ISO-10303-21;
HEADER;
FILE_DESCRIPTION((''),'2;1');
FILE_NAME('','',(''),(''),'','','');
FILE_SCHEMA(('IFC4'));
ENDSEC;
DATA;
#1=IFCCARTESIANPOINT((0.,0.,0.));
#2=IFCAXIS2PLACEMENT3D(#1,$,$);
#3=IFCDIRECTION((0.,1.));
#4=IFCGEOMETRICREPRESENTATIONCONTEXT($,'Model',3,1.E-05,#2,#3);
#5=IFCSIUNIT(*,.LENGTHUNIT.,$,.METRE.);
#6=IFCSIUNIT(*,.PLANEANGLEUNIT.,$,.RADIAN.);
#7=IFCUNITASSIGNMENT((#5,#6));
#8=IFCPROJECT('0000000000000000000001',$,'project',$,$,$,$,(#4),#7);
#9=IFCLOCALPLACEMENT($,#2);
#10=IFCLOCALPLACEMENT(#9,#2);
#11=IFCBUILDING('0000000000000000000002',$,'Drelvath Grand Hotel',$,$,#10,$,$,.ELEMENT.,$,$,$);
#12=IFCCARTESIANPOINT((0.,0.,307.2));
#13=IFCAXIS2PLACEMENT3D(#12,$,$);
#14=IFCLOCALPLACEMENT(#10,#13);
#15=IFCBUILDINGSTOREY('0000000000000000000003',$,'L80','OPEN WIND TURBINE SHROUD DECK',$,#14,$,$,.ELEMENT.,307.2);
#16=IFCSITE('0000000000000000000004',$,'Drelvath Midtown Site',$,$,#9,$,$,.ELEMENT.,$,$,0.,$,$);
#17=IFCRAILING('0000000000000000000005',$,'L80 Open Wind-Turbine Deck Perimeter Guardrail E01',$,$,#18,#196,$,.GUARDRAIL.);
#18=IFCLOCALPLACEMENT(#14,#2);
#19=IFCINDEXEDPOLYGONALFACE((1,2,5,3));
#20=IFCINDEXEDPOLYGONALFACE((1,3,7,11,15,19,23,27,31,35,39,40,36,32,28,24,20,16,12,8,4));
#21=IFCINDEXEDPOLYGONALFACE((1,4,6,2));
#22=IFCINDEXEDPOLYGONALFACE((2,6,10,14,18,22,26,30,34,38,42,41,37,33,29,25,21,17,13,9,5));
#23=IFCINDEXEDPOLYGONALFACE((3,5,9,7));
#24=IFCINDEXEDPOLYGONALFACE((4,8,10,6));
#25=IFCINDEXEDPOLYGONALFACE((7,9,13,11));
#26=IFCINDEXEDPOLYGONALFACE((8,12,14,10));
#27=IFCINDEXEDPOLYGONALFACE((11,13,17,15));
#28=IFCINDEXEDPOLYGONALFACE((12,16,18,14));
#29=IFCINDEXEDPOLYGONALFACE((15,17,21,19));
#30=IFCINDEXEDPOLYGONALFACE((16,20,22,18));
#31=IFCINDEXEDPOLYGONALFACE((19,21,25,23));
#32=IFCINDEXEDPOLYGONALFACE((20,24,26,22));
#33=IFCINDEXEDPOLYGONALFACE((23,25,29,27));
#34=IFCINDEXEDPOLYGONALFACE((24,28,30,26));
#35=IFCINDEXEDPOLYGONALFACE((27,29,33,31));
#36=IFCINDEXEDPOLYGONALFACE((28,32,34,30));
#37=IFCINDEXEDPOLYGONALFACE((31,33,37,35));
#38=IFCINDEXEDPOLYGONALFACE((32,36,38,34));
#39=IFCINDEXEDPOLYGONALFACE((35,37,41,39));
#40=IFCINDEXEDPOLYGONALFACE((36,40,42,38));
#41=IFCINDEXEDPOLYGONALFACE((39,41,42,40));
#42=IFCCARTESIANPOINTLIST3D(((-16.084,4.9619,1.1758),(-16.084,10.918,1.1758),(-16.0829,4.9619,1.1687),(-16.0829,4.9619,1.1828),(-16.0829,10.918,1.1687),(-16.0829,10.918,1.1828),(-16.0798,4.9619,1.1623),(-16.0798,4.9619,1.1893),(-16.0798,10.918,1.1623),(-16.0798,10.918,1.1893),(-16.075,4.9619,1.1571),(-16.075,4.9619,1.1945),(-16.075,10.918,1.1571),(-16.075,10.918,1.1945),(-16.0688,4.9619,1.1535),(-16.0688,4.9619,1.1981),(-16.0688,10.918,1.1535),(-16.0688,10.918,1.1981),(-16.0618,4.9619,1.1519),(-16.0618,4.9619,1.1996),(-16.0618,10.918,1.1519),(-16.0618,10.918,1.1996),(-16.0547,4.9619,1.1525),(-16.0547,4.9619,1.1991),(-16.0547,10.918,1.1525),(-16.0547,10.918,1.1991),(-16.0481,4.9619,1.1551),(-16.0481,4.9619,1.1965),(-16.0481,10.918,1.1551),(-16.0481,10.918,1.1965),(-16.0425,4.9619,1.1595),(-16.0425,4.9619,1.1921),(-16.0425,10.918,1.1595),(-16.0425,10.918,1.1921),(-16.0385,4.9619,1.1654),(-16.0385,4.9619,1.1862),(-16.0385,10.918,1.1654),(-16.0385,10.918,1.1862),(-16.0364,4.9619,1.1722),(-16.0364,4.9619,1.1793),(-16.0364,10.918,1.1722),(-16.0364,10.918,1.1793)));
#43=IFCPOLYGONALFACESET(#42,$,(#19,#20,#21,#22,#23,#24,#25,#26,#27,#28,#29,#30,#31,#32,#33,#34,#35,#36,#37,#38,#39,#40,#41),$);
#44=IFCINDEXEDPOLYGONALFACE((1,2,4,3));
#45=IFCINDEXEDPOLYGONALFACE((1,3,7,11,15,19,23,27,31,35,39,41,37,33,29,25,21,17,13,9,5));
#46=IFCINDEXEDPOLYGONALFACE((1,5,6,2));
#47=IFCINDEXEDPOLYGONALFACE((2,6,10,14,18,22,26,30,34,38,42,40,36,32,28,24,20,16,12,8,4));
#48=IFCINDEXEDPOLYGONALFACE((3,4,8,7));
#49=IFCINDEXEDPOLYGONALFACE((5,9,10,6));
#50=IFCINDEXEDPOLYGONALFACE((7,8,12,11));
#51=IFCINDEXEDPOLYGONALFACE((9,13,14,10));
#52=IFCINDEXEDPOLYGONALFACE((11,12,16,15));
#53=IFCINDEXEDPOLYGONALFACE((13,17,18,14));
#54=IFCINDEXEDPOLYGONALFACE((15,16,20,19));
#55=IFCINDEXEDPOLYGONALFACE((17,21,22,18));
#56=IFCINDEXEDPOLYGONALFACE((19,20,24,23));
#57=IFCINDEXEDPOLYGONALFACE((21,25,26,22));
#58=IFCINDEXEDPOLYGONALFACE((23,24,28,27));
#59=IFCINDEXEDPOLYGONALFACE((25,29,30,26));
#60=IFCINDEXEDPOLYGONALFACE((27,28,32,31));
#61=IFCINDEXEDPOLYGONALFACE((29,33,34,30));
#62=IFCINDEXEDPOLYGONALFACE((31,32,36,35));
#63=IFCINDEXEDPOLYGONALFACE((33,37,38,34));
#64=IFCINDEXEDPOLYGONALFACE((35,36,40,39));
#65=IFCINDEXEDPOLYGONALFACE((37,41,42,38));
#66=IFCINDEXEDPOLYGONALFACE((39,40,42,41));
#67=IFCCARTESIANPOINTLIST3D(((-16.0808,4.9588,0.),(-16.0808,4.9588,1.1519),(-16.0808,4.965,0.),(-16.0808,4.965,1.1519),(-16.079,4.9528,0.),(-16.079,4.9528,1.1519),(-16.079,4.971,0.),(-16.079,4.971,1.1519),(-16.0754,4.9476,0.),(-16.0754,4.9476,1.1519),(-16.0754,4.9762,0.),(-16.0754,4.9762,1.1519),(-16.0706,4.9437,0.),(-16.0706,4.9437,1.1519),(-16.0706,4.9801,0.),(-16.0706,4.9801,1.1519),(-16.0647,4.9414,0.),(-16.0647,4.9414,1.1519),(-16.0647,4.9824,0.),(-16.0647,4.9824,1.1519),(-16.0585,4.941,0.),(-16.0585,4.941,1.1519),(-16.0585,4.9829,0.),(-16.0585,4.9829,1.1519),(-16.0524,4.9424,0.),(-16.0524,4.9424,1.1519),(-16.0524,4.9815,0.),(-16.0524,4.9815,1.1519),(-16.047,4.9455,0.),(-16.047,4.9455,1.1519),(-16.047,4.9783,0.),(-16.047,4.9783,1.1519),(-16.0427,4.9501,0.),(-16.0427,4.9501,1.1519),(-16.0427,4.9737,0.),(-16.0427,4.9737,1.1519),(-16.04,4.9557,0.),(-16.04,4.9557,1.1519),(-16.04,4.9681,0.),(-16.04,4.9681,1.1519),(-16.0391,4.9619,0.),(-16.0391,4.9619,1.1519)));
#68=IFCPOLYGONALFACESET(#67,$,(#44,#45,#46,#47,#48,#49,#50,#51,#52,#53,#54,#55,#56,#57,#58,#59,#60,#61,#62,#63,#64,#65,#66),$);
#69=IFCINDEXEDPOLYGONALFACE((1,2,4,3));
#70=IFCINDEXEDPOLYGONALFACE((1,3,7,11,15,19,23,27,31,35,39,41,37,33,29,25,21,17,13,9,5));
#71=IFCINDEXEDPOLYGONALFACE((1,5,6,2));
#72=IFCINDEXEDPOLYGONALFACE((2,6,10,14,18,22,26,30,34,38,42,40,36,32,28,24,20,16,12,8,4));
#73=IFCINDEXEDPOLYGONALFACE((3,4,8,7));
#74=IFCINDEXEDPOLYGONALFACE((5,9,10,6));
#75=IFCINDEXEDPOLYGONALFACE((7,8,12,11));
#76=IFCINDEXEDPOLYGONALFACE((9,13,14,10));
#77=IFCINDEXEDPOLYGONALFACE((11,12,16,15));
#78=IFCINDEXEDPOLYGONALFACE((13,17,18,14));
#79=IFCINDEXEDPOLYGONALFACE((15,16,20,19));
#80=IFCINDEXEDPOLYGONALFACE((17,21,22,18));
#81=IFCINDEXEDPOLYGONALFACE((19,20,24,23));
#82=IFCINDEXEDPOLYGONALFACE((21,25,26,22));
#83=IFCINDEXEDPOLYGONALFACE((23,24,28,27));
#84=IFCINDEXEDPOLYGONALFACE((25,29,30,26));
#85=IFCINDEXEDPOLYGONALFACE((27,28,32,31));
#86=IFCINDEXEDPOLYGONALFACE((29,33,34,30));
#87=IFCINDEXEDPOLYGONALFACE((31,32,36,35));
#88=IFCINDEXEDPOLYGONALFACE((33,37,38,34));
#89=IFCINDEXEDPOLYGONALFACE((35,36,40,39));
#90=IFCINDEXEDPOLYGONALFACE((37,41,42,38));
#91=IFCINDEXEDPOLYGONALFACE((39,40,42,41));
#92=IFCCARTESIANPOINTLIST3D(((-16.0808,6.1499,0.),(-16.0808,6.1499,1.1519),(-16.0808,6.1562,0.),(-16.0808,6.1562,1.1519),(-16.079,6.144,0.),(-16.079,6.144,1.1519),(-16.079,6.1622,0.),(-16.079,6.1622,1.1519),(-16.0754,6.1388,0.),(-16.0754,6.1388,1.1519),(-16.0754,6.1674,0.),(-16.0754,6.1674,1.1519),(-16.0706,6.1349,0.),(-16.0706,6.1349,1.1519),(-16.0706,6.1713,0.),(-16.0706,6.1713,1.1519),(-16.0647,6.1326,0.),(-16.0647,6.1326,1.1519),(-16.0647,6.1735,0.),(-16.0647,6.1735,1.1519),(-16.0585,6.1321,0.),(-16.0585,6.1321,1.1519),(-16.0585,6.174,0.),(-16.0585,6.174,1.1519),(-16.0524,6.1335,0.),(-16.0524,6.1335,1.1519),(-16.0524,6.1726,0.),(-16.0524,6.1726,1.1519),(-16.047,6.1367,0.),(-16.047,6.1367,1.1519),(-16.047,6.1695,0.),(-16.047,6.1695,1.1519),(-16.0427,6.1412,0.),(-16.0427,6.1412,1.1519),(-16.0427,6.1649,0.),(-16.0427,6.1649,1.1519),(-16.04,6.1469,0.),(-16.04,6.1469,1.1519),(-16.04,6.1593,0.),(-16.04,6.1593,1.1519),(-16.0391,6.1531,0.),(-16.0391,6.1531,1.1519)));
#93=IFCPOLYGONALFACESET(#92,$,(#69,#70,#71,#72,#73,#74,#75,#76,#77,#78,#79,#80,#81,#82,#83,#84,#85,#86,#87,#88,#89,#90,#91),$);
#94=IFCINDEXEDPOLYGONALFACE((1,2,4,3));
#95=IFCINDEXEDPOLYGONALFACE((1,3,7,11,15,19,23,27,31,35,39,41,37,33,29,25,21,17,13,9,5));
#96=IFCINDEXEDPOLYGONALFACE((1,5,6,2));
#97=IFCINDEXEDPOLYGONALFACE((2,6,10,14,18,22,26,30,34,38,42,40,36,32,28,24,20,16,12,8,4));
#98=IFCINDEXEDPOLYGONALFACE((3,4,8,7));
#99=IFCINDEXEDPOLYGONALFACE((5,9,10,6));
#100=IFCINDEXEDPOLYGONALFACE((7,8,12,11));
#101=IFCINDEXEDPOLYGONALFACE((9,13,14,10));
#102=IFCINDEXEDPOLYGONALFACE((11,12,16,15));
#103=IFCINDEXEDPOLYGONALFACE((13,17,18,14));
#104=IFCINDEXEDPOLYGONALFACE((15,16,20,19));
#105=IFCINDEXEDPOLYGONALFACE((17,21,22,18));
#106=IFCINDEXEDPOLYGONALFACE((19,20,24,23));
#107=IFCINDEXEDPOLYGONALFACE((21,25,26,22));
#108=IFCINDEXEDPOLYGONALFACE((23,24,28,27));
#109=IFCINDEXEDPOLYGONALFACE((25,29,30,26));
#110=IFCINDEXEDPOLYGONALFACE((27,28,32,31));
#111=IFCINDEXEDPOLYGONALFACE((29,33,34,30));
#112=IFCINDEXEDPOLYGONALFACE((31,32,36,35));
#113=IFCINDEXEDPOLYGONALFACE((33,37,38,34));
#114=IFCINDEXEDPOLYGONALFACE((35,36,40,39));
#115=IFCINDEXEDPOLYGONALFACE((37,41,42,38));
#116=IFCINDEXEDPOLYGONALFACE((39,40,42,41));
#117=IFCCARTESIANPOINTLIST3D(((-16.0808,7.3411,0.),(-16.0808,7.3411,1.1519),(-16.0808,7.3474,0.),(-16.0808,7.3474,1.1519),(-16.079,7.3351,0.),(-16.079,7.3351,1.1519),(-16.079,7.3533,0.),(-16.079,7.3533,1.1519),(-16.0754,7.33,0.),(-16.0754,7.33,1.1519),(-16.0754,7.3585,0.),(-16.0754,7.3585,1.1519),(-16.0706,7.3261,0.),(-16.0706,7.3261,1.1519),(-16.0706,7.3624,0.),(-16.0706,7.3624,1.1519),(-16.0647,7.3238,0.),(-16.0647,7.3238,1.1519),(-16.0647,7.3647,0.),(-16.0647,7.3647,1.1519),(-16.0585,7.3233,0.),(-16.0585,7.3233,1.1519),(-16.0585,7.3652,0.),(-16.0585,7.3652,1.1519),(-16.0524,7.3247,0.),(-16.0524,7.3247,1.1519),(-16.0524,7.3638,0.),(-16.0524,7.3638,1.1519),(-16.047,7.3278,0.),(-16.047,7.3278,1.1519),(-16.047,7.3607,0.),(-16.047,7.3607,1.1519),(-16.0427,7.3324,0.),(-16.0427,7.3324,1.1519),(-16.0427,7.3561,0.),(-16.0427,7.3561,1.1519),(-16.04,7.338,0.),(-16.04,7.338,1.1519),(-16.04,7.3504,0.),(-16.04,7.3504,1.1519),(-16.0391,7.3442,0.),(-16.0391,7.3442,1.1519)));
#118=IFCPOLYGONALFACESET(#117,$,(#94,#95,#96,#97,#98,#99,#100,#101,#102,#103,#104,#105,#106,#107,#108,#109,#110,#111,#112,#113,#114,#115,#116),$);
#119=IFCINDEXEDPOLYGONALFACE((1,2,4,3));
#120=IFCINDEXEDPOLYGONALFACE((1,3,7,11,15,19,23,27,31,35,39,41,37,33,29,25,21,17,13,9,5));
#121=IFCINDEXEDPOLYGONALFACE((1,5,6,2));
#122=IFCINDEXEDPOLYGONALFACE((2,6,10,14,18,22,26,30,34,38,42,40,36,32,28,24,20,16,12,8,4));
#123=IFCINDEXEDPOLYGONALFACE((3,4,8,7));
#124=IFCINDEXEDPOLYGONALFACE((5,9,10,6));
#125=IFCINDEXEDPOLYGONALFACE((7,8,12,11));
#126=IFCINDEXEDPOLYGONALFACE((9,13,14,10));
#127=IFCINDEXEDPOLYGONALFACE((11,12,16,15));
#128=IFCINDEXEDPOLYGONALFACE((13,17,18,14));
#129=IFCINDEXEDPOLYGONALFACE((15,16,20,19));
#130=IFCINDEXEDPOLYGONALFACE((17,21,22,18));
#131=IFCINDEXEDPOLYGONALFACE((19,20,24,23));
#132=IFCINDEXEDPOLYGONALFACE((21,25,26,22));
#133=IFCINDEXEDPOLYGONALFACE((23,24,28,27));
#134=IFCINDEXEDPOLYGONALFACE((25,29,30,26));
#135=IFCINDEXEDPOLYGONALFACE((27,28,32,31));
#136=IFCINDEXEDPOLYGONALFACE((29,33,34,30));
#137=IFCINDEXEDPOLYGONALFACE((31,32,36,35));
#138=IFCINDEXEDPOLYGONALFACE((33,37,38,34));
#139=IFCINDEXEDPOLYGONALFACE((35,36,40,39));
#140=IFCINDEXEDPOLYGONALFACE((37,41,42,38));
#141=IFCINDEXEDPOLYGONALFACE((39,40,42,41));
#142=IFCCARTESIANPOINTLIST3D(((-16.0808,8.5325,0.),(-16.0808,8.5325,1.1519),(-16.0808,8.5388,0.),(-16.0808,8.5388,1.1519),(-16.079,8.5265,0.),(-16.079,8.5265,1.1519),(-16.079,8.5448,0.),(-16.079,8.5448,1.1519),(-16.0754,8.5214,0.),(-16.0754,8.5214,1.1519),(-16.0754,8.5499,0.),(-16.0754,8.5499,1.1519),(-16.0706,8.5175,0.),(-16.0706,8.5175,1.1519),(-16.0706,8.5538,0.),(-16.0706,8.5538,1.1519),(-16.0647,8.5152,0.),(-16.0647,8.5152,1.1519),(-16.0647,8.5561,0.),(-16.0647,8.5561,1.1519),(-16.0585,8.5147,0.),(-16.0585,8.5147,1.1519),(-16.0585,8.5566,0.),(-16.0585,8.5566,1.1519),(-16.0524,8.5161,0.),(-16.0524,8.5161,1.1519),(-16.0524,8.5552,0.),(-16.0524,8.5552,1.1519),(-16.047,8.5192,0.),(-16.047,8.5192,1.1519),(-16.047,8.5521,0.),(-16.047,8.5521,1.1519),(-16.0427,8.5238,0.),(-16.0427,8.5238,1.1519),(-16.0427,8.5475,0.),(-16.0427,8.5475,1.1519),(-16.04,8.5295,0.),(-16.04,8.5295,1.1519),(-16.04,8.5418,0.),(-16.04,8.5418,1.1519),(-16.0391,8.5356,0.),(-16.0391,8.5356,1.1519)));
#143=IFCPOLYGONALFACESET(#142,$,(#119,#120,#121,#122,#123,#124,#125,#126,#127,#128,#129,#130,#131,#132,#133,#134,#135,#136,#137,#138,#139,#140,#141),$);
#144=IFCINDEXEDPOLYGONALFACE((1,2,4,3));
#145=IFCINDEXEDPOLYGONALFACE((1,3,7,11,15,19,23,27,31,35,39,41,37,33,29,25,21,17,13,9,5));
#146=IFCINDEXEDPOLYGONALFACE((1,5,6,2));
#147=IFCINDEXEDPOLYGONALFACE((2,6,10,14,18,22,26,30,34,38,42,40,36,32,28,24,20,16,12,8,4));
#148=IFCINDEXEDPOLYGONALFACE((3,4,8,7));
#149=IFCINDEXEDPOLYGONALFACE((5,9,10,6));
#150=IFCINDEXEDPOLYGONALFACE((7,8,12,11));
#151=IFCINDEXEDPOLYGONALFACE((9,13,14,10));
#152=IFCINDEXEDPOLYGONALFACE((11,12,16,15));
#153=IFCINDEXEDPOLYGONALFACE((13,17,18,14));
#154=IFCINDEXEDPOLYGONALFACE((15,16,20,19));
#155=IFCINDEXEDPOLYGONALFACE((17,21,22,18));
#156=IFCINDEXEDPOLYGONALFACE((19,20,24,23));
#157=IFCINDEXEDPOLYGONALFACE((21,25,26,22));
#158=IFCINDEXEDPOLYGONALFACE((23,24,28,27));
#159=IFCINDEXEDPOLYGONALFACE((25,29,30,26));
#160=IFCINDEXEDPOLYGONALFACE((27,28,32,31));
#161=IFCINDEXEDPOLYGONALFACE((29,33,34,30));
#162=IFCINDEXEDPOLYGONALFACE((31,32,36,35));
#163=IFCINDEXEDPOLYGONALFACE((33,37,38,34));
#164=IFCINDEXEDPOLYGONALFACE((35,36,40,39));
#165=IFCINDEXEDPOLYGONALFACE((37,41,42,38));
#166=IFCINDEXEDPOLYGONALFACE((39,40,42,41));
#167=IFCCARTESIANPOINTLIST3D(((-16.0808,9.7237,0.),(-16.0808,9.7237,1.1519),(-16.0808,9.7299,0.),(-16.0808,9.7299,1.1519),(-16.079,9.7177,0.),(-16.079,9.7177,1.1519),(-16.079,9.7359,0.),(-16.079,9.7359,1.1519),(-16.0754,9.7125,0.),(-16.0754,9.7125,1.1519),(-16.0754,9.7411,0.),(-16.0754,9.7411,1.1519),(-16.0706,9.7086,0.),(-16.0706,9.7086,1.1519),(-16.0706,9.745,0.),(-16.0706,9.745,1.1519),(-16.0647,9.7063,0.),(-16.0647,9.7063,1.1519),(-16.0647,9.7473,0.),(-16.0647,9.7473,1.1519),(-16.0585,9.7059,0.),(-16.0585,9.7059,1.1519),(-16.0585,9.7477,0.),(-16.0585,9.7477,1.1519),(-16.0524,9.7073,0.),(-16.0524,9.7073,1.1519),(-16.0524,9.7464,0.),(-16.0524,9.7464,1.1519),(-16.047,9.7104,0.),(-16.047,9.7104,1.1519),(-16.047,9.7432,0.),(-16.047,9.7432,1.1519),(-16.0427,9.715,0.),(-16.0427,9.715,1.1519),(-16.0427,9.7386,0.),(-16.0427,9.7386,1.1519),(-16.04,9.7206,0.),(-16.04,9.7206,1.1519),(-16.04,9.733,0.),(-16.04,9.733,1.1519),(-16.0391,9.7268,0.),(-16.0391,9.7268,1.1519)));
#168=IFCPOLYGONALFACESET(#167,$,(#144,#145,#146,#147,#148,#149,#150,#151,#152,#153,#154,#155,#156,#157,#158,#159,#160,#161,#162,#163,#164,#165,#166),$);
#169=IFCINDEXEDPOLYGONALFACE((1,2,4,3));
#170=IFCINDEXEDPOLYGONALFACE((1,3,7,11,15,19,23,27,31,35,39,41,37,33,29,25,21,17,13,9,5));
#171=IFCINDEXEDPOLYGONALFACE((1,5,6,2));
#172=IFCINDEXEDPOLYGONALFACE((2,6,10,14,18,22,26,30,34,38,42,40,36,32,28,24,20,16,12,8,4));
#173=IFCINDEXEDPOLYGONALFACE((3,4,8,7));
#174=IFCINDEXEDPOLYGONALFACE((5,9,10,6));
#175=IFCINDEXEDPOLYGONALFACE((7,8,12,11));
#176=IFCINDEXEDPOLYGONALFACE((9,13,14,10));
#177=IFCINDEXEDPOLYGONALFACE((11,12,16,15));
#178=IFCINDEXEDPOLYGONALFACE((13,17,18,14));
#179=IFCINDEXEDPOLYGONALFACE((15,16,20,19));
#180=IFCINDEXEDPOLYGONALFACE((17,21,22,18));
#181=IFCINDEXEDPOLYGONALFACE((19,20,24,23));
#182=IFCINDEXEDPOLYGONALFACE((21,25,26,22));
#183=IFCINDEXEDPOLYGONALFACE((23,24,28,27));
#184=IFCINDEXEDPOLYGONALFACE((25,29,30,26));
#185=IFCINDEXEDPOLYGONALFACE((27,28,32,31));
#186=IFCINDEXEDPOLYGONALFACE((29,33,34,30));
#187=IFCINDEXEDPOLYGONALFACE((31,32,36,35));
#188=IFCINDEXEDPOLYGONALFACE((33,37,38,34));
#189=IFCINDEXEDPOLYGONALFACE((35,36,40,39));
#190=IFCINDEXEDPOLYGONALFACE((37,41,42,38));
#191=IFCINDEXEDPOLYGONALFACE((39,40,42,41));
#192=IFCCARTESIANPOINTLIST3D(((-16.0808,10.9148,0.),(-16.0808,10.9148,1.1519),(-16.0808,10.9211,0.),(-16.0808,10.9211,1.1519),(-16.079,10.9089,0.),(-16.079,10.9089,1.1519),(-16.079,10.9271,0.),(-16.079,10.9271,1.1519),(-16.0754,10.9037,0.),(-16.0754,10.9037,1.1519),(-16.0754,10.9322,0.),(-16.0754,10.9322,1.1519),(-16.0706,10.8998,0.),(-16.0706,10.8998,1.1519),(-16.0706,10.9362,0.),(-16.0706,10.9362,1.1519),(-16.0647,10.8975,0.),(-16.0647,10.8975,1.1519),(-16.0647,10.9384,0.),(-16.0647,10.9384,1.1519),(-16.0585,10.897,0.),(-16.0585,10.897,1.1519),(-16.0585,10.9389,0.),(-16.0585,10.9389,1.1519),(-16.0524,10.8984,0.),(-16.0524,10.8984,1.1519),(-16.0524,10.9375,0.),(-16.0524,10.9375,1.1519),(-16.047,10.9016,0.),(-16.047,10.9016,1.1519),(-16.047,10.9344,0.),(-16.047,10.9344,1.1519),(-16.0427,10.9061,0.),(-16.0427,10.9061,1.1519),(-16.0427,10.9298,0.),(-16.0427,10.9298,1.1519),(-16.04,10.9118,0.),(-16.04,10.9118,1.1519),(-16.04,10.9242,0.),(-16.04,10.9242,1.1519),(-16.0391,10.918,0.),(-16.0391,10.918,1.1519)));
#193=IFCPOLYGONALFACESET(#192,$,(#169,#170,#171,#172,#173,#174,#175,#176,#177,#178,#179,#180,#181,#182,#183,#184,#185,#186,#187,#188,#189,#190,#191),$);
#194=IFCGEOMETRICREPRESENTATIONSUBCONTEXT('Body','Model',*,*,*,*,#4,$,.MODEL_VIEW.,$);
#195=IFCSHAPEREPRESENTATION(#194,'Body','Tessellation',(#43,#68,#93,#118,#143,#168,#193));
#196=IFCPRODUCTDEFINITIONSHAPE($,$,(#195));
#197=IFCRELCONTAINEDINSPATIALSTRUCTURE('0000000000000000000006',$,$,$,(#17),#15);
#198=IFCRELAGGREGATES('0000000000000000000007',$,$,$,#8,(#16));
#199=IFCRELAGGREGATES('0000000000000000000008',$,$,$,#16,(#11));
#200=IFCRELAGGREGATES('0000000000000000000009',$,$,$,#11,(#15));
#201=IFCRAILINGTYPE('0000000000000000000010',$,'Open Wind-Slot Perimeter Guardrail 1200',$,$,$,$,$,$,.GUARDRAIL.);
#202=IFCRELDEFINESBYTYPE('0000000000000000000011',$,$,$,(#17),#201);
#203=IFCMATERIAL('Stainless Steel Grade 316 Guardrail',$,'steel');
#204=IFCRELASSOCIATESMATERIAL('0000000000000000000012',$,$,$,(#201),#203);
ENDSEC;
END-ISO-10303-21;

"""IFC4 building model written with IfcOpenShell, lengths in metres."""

from ifc_helpers import new_model, si_unit, direction, frame, origin, origin_2d, place, context, subcontext, project, spatial, circle, extrude, material, type_object, element, save


model = new_model("IFC4")

# Units and contexts
model_context = context("Model", 3, precision=1e-05, world=origin(), true_north=direction((0.0, 1.0)))
body_context = subcontext(model_context, "Body", "Model", "MODEL_VIEW")
ifc_project = project(units=[si_unit("LENGTHUNIT", "METRE"), si_unit("PLANEANGLEUNIT", "RADIAN")], contexts=[model_context])

# Site, building, storey
site_placement = place(None, origin())
site = spatial("IfcSite", under=ifc_project, at=site_placement, Name="Drelvath Midtown Site", CompositionType="ELEMENT", RefElevation=0.0)
building_placement = place(site_placement, origin())
building = spatial("IfcBuilding", under=site, at=building_placement, Name="Drelvath Grand Hotel", CompositionType="ELEMENT")
storey_placement = place(building_placement, frame((0.0, 0.0, 307.2)))
storey = spatial("IfcBuildingStorey", under=building, at=storey_placement, Name="L80", Description="OPEN WIND TURBINE SHROUD DECK", CompositionType="ELEMENT", Elevation=307.2)

# Railing
ifc_material_1 = material(Name="Stainless Steel Grade 316 Guardrail", Category="steel")
railing_type = type_object("IfcRailingType", Name="Open Wind-Slot Perimeter Guardrail 1200", PredefinedType="GUARDRAIL", material=ifc_material_1)
railing_1_placement = place(storey_placement, frame((-16.0601, 4.9619, 0.0)))
element("IfcRailing", 1, at=railing_1_placement, inside=storey, type_object=railing_type, Name="L80 Open Wind-Turbine Deck Perimeter Guardrail E01", PredefinedType="GUARDRAIL", context=body_context, shape_type="SweptSolid", body=[
    extrude(circle(Radius=0.0239, at=origin_2d()), frame((0.0, 0.0, 1.1758), z_axis=(0.0, 1.0, 0.0), x_axis=(-1.0, 0.0, 0.0)), (0.0, 0.0, 1.0), 5.9561),
    extrude(circle(Radius=0.021, at=origin_2d()), origin(), (0.0, 0.0, 1.0), 1.1519),
    extrude(circle(Radius=0.021, at=origin_2d()), frame((0.0, 1.1912, 0.0)), (0.0, 0.0, 1.0), 1.1519),
    extrude(circle(Radius=0.021, at=origin_2d()), frame((0.0, 2.3823, 0.0)), (0.0, 0.0, 1.0), 1.1519),
    extrude(circle(Radius=0.021, at=origin_2d()), frame((0.0, 3.5737, 0.0)), (0.0, 0.0, 1.0), 1.1519),
    extrude(circle(Radius=0.021, at=origin_2d()), frame((0.0, 4.7649, 0.0)), (0.0, 0.0, 1.0), 1.1519),
    extrude(circle(Radius=0.021, at=origin_2d()), frame((0.0, 5.9561, 0.0)), (0.0, 0.0, 1.0), 1.1519),
])

save(model, "model.ifc")
